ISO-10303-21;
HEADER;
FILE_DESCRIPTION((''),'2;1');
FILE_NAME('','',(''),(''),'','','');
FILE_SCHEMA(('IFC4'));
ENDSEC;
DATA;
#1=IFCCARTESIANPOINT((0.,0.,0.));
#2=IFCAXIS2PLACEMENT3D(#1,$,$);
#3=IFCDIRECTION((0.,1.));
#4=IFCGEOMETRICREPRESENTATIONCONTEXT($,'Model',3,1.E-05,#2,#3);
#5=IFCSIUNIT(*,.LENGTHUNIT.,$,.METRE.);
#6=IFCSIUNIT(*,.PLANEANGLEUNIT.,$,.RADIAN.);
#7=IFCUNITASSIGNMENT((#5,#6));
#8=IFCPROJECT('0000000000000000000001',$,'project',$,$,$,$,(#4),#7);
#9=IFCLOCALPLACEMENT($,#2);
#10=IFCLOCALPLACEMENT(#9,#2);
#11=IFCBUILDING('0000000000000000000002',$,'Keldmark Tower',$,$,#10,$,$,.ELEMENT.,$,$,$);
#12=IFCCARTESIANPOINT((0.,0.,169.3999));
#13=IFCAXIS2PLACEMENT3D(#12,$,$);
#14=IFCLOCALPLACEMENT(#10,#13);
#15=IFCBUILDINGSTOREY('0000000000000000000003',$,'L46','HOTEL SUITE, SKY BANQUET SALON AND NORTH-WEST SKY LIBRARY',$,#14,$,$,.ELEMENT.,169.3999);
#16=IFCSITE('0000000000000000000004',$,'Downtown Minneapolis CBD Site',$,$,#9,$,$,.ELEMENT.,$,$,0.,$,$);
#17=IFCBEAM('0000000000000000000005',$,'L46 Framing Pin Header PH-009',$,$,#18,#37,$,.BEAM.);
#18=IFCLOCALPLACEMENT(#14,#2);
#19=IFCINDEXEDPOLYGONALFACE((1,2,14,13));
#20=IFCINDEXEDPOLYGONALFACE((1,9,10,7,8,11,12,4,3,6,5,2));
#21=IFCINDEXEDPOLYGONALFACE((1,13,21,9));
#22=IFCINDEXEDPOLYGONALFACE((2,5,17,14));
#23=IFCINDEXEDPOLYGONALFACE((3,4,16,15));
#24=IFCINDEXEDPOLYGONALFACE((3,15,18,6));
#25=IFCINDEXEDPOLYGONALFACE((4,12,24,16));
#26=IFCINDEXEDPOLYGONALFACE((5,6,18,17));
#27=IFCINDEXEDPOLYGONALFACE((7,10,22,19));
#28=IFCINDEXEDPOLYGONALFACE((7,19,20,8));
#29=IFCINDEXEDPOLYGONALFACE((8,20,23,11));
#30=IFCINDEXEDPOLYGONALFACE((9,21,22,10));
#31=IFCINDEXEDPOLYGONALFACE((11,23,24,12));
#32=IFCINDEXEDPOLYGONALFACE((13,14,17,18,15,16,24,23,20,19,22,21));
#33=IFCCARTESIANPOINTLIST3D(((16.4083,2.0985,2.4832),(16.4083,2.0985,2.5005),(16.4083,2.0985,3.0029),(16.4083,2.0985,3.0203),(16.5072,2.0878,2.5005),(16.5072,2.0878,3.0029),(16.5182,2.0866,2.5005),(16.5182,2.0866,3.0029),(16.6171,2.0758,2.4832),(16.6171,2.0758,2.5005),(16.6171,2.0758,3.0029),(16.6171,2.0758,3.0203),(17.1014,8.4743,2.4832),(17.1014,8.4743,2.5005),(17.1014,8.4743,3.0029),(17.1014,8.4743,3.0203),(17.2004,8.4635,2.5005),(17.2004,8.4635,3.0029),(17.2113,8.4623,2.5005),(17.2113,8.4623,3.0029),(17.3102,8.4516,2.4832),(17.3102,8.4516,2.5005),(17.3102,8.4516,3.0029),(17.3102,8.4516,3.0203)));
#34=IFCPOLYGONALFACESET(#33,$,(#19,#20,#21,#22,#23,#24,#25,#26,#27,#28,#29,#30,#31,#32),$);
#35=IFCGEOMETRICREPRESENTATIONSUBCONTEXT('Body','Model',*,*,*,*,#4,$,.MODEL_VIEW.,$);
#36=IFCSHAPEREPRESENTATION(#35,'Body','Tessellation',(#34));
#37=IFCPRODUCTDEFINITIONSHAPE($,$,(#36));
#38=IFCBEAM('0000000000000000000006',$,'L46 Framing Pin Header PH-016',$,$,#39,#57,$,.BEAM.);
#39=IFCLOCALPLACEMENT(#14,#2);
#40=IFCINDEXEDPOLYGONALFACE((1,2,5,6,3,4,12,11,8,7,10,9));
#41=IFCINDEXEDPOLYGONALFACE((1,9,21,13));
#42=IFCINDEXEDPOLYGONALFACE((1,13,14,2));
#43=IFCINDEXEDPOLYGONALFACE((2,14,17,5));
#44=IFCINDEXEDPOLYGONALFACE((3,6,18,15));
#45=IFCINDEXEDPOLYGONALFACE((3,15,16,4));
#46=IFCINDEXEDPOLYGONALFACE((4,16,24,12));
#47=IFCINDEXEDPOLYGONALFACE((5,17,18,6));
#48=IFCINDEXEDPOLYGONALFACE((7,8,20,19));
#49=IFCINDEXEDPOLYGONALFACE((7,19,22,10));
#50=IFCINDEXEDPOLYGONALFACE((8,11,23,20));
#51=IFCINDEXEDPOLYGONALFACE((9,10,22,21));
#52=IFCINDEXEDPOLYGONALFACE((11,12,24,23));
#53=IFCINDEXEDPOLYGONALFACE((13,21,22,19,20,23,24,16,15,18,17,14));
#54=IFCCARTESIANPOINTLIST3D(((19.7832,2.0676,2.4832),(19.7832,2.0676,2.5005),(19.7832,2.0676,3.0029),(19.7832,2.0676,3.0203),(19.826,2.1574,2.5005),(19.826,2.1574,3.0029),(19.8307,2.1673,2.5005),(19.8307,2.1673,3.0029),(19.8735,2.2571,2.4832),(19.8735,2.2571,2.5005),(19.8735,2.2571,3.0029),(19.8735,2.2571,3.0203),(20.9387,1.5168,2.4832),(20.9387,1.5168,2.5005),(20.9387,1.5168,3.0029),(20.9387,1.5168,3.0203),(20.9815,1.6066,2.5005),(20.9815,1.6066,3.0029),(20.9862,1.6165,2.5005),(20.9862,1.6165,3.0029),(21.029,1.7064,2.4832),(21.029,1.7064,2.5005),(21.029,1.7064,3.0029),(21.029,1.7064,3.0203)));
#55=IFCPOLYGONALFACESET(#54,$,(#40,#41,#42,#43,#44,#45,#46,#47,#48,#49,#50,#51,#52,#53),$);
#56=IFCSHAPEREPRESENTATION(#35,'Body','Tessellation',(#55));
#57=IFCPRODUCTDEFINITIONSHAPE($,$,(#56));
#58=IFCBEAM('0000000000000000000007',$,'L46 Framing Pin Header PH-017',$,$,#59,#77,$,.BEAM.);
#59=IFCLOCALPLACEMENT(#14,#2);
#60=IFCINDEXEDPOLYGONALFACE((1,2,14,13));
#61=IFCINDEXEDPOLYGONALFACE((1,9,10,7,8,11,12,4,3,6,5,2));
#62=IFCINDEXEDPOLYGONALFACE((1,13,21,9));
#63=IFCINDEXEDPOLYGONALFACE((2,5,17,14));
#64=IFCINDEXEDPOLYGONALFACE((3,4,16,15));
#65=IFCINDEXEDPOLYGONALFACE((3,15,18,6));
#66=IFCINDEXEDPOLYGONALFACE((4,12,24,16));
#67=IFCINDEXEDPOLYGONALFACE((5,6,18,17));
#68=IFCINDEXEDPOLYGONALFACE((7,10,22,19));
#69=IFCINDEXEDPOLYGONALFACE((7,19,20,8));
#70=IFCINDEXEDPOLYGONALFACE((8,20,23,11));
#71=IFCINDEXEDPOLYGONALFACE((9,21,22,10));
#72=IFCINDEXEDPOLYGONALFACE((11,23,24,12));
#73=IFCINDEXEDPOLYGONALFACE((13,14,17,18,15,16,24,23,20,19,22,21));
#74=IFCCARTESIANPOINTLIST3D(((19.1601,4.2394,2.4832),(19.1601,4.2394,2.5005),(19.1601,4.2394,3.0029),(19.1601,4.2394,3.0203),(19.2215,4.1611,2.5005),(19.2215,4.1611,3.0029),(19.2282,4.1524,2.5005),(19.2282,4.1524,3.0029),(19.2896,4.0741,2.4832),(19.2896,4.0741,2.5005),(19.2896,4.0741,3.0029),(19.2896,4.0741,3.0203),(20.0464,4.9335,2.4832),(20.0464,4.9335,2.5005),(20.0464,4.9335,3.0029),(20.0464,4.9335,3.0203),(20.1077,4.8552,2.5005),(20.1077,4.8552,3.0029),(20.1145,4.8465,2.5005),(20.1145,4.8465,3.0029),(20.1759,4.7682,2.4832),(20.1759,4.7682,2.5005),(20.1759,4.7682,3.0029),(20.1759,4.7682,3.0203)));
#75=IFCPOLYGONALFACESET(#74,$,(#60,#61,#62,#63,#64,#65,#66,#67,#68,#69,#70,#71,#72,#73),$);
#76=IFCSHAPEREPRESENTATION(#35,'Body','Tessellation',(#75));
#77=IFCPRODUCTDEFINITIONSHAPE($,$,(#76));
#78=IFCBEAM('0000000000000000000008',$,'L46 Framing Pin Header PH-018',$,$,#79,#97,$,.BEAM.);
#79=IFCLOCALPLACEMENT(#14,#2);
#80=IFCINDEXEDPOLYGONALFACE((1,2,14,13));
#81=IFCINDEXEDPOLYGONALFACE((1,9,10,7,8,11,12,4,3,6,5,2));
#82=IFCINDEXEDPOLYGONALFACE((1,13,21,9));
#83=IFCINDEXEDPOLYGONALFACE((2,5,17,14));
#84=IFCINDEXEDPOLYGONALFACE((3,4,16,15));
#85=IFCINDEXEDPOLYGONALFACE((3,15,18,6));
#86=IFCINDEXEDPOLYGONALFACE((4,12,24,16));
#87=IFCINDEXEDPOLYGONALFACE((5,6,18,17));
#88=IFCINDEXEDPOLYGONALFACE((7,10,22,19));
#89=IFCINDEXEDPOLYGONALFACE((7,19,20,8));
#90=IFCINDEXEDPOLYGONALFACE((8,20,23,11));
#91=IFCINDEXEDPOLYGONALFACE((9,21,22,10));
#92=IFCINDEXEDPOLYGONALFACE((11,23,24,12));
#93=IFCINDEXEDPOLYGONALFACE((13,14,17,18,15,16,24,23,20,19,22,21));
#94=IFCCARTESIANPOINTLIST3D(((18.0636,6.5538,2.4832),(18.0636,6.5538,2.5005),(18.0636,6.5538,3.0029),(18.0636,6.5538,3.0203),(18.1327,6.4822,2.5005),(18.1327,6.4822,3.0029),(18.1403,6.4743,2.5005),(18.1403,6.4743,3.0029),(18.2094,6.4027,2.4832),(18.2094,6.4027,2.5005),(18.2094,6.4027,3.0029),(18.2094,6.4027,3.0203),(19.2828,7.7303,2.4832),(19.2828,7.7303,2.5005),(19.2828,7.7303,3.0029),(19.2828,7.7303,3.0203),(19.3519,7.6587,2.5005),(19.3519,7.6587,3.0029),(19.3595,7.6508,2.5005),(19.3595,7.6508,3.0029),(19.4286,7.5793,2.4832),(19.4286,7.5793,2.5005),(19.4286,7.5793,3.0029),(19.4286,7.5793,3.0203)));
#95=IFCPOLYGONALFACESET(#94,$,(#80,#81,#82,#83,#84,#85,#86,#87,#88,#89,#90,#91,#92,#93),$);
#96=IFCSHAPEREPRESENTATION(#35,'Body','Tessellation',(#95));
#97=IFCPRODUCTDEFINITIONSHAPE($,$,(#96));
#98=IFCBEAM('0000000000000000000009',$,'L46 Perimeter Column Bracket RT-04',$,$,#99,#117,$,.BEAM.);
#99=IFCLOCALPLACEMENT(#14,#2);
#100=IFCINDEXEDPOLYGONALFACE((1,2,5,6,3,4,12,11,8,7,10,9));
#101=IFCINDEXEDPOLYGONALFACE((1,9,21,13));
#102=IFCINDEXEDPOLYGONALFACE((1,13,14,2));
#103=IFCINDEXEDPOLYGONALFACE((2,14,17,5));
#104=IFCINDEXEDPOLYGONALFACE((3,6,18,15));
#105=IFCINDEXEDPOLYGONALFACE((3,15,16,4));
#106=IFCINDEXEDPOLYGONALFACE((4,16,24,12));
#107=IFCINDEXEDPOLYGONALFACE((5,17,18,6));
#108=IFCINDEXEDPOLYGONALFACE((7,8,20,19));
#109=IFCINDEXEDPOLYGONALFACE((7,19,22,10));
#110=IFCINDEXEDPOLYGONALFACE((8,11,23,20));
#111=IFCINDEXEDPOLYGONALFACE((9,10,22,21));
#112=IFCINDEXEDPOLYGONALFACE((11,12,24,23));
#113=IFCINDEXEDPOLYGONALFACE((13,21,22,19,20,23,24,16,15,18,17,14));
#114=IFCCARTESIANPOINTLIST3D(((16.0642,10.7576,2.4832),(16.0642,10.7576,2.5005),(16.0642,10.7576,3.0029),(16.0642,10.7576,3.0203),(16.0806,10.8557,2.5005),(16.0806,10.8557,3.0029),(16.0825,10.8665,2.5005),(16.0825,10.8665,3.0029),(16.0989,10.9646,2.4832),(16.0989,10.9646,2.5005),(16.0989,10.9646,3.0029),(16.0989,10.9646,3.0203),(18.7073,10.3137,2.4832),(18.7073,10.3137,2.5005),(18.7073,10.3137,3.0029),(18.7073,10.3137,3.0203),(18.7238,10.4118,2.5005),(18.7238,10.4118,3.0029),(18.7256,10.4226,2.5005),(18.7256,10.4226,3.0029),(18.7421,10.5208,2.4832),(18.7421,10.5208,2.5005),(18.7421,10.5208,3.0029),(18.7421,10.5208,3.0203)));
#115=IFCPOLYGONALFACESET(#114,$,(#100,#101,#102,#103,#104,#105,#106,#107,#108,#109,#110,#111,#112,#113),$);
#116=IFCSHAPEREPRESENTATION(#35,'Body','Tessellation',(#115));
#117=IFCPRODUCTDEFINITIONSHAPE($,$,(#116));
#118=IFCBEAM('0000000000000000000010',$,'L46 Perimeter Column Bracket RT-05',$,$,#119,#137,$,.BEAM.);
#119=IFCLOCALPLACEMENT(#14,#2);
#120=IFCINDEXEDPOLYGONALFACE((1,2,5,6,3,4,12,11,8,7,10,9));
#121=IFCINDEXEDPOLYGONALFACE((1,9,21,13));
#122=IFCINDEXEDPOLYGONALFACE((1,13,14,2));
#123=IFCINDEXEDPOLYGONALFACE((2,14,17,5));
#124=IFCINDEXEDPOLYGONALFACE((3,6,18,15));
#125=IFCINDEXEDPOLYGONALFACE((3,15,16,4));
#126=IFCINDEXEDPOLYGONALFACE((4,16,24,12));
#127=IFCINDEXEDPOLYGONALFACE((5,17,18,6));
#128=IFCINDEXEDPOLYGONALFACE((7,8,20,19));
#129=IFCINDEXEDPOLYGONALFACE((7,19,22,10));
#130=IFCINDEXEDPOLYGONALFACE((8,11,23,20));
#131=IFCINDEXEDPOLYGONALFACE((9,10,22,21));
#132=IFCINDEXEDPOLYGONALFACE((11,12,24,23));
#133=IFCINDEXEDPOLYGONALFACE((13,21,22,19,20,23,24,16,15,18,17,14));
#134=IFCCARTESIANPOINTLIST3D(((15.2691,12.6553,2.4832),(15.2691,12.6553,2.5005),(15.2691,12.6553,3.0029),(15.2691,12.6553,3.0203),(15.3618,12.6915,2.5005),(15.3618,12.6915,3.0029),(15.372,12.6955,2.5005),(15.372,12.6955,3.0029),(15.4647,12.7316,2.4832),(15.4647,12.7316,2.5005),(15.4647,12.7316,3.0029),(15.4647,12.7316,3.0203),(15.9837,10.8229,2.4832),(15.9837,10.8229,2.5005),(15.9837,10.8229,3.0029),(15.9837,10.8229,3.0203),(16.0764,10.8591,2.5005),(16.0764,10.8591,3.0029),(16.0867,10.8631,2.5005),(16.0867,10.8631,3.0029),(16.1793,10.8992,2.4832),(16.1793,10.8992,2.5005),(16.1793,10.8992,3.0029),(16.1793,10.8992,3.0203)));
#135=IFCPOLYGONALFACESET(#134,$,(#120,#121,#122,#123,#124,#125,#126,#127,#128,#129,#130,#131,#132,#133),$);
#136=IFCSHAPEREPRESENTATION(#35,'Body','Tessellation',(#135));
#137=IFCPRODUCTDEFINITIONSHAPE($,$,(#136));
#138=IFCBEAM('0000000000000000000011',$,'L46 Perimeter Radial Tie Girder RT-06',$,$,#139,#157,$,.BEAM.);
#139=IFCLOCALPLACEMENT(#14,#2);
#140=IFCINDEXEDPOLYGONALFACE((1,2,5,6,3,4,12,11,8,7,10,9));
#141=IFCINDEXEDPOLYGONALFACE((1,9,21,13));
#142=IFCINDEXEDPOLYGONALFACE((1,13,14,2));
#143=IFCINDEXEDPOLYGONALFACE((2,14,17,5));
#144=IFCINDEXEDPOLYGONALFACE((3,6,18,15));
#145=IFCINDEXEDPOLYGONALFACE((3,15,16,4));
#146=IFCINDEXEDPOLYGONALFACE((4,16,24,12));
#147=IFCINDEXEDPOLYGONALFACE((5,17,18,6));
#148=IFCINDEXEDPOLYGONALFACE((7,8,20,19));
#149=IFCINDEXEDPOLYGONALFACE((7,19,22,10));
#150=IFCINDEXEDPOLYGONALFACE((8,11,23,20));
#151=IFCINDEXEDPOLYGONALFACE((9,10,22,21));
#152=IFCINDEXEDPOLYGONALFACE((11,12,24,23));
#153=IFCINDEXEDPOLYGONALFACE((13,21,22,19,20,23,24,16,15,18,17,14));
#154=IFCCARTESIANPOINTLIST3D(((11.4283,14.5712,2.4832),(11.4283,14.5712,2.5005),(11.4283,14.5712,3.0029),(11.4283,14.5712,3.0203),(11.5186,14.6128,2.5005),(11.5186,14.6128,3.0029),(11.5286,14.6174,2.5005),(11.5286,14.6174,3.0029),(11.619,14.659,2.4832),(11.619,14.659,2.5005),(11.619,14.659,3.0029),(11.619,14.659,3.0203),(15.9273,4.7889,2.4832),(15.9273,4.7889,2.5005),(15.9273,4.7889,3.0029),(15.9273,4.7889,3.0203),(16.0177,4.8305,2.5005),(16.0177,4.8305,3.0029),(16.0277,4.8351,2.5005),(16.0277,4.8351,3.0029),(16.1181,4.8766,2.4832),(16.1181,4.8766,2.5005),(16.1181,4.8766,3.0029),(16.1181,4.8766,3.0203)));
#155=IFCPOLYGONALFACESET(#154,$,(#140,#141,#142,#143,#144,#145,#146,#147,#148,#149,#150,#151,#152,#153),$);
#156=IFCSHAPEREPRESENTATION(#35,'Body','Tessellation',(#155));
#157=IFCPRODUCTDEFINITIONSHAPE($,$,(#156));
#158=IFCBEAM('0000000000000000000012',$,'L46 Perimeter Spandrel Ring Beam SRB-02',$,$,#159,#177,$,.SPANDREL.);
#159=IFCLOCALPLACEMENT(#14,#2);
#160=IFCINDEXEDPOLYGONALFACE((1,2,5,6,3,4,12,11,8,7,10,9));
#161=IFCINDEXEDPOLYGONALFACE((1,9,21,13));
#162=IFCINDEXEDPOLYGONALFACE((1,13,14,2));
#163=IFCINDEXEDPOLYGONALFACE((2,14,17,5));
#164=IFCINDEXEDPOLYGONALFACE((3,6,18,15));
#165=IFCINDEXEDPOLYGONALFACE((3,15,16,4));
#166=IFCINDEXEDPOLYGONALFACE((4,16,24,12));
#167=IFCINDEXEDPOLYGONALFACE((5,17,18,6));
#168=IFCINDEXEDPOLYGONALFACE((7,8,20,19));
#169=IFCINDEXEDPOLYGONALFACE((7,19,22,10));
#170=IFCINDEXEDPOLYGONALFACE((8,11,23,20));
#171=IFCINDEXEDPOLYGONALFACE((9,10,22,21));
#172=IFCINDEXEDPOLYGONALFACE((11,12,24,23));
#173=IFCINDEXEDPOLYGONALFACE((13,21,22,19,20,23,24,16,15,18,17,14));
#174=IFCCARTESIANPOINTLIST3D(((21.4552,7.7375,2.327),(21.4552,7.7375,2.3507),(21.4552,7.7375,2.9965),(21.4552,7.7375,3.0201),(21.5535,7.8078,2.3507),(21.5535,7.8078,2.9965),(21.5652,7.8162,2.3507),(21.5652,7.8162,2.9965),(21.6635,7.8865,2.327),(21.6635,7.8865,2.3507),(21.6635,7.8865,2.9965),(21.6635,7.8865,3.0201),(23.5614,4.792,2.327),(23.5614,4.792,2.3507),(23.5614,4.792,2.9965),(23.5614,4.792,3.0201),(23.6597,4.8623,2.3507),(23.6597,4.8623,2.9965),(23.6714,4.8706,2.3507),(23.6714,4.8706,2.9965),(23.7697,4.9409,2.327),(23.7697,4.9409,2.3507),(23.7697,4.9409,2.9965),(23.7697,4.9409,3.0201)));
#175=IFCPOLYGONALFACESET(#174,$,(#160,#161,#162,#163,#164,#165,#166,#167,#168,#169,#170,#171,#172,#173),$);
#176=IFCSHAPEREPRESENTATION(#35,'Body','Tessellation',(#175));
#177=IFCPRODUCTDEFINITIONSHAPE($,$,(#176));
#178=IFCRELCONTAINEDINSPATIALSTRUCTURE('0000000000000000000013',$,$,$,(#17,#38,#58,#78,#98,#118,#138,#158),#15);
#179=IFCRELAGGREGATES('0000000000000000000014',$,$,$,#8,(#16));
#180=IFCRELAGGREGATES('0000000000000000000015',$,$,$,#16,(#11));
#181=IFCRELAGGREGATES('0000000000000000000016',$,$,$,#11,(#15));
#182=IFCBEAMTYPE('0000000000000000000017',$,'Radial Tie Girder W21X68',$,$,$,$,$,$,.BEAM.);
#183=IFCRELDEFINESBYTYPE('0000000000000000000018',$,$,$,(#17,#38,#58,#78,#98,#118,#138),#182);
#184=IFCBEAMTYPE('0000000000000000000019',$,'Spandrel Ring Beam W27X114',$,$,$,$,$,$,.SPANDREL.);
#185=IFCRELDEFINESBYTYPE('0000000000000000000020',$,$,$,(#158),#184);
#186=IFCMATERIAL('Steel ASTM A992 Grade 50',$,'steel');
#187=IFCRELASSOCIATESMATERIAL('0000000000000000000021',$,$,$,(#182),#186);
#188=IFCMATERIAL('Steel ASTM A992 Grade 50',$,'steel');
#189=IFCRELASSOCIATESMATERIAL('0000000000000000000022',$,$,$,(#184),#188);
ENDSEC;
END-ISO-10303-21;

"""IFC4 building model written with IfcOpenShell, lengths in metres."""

from ifc_helpers import new_model, si_unit, direction, frame, origin, origin_2d, place, context, subcontext, project, spatial, i_section, extrude, material, material_profile, profile_set, type_object, element, save


model = new_model("IFC4")

# Units and contexts
model_context = context("Model", 3, precision=1e-05, world=origin(), true_north=direction((0.0, 1.0)))
body_context = subcontext(model_context, "Body", "Model", "MODEL_VIEW")
ifc_project = project(units=[si_unit("LENGTHUNIT", "METRE"), si_unit("PLANEANGLEUNIT", "RADIAN")], contexts=[model_context])

# Site, building, storey
site_placement = place(None, origin())
site = spatial("IfcSite", under=ifc_project, at=site_placement, Name="Downtown Minneapolis CBD Site", CompositionType="ELEMENT", RefElevation=0.0)
building_placement = place(site_placement, origin())
building = spatial("IfcBuilding", under=site, at=building_placement, Name="Keldmark Tower", CompositionType="ELEMENT")
storey_placement = place(building_placement, frame((0.0, 0.0, 169.3999)))
storey = spatial("IfcBuildingStorey", under=building, at=storey_placement, Name="L46", Description="HOTEL SUITE, SKY BANQUET SALON AND NORTH-WEST SKY LIBRARY", CompositionType="ELEMENT", Elevation=169.3999)

# Beams
ifc_material_1 = material(Name="Steel ASTM A992 Grade 50", Category="steel")
ifc_material_profile_1 = material_profile(ifc_material_1, i_section(OverallWidth=0.21, OverallDepth=0.5371, WebThickness=0.011, FlangeThickness=0.0173, at=origin_2d()), Name="W21X68")
ifc_profile_set_1 = profile_set([ifc_material_profile_1], Name="Steel ASTM A992 Grade 50")
beam_type_1 = type_object("IfcBeamType", Name="Radial Tie Girder W21X68", PredefinedType="BEAM", material=ifc_profile_set_1)
beam_1_placement = place(storey_placement, frame((16.5127, 2.0872, 2.7517), z_axis=(0.108075, 0.994143, 0.0), x_axis=(-0.994143, 0.108075, 0.0)))
element("IfcBeam", 1, at=beam_1_placement, inside=storey, type_object=beam_type_1, Name="L46 Framing Pin Header PH-009", PredefinedType="BEAM", context=body_context, shape_type="SweptSolid", body=[
    extrude(i_section(OverallWidth=0.21, OverallDepth=0.5371, WebThickness=0.011, FlangeThickness=0.0173, at=origin_2d()), origin(), (0.0, 0.0, 1.0), 6.4133),
])
beam_2_placement = place(storey_placement, frame((19.8284, 2.1624, 2.7517), z_axis=(0.902698, -0.430274, 0.0), x_axis=(0.430274, 0.902698, 0.0)))
element("IfcBeam", 2, at=beam_2_placement, inside=storey, type_object=beam_type_1, Name="L46 Framing Pin Header PH-016", PredefinedType="BEAM", context=body_context, shape_type="SweptSolid", body=[
    extrude(i_section(OverallWidth=0.21, OverallDepth=0.5371, WebThickness=0.011, FlangeThickness=0.0173, at=origin_2d()), origin(), (0.0, 0.0, 1.0), 1.28),
])
beam_3_placement = place(storey_placement, frame((19.2249, 4.1567, 2.7517), z_axis=(0.787281, 0.616595, 0.0), x_axis=(-0.616595, 0.787281, 0.0)))
element("IfcBeam", 3, at=beam_3_placement, inside=storey, type_object=beam_type_1, Name="L46 Framing Pin Header PH-017", PredefinedType="BEAM", context=body_context, shape_type="SweptSolid", body=[
    extrude(i_section(OverallWidth=0.21, OverallDepth=0.5371, WebThickness=0.011, FlangeThickness=0.0173, at=origin_2d()), origin(), (0.0, 0.0, 1.0), 1.1257),
])
beam_4_placement = place(storey_placement, frame((18.1365, 6.4783, 2.7517), z_axis=(0.719603, 0.694386, 0.0), x_axis=(-0.694386, 0.719603, 0.0)))
element("IfcBeam", 4, at=beam_4_placement, inside=storey, type_object=beam_type_1, Name="L46 Framing Pin Header PH-018", PredefinedType="BEAM", context=body_context, shape_type="SweptSolid", body=[
    extrude(i_section(OverallWidth=0.21, OverallDepth=0.5371, WebThickness=0.011, FlangeThickness=0.0173, at=origin_2d()), origin(), (0.0, 0.0, 1.0), 1.6943),
])
beam_5_placement = place(storey_placement, frame((16.0815, 10.8611, 2.7517), z_axis=(0.986191, -0.16561, 0.0), x_axis=(0.16561, 0.986191, 0.0)))
element("IfcBeam", 5, at=beam_5_placement, inside=storey, type_object=beam_type_1, Name="L46 Perimeter Column Bracket RT-04", PredefinedType="BEAM", context=body_context, shape_type="SweptSolid", body=[
    extrude(i_section(OverallWidth=0.21, OverallDepth=0.5371, WebThickness=0.011, FlangeThickness=0.0173, at=origin_2d()), origin(), (0.0, 0.0, 1.0), 2.6802),
])
beam_6_placement = place(storey_placement, frame((16.0815, 10.8611, 2.7517), z_axis=(-0.363351, 0.931652, 0.0), x_axis=(-0.931652, -0.363351, 0.0)))
element("IfcBeam", 6, at=beam_6_placement, inside=storey, type_object=beam_type_1, Name="L46 Perimeter Column Bracket RT-05", PredefinedType="BEAM", context=body_context, shape_type="SweptSolid", body=[
    extrude(i_section(OverallWidth=0.21, OverallDepth=0.5371, WebThickness=0.011, FlangeThickness=0.0173, at=origin_2d()), origin(), (0.0, 0.0, 1.0), 1.9668),
])
beam_7_placement = place(storey_placement, frame((16.0227, 4.8328, 2.7517), z_axis=(-0.417844, 0.908519, 0.0), x_axis=(-0.908519, -0.417844, 0.0)))
element("IfcBeam", 7, at=beam_7_placement, inside=storey, type_object=beam_type_1, Name="L46 Perimeter Radial Tie Girder RT-06", PredefinedType="BEAM", context=body_context, shape_type="SweptSolid", body=[
    extrude(i_section(OverallWidth=0.21, OverallDepth=0.5371, WebThickness=0.011, FlangeThickness=0.0173, at=origin_2d()), origin(), (0.0, 0.0, 1.0), 10.7673),
])
ifc_material_2 = material(Name="Steel ASTM A992 Grade 50", Category="steel")
ifc_material_profile_2 = material_profile(ifc_material_2, i_section(OverallWidth=0.2561, OverallDepth=0.6931, WebThickness=0.0144, FlangeThickness=0.0237, at=origin_2d()), Name="W27X114")
ifc_profile_set_2 = profile_set([ifc_material_profile_2], Name="Steel ASTM A992 Grade 50")
beam_type_2 = type_object("IfcBeamType", Name="Spandrel Ring Beam W27X114", PredefinedType="SPANDREL", material=ifc_profile_set_2)
beam_8_placement = place(storey_placement, frame((23.6655, 4.8665, 2.6736), z_axis=(-0.581646, 0.813442, 0.0), x_axis=(-0.813442, -0.581646, 0.0)))
element("IfcBeam", 8, at=beam_8_placement, inside=storey, type_object=beam_type_2, Name="L46 Perimeter Spandrel Ring Beam SRB-02", PredefinedType="SPANDREL", context=body_context, shape_type="SweptSolid", body=[
    extrude(i_section(OverallWidth=0.2561, OverallDepth=0.6931, WebThickness=0.0144, FlangeThickness=0.0237, at=origin_2d()), origin(), (0.0, 0.0, 1.0), 3.6211),
])

save(model, "model.ifc")
